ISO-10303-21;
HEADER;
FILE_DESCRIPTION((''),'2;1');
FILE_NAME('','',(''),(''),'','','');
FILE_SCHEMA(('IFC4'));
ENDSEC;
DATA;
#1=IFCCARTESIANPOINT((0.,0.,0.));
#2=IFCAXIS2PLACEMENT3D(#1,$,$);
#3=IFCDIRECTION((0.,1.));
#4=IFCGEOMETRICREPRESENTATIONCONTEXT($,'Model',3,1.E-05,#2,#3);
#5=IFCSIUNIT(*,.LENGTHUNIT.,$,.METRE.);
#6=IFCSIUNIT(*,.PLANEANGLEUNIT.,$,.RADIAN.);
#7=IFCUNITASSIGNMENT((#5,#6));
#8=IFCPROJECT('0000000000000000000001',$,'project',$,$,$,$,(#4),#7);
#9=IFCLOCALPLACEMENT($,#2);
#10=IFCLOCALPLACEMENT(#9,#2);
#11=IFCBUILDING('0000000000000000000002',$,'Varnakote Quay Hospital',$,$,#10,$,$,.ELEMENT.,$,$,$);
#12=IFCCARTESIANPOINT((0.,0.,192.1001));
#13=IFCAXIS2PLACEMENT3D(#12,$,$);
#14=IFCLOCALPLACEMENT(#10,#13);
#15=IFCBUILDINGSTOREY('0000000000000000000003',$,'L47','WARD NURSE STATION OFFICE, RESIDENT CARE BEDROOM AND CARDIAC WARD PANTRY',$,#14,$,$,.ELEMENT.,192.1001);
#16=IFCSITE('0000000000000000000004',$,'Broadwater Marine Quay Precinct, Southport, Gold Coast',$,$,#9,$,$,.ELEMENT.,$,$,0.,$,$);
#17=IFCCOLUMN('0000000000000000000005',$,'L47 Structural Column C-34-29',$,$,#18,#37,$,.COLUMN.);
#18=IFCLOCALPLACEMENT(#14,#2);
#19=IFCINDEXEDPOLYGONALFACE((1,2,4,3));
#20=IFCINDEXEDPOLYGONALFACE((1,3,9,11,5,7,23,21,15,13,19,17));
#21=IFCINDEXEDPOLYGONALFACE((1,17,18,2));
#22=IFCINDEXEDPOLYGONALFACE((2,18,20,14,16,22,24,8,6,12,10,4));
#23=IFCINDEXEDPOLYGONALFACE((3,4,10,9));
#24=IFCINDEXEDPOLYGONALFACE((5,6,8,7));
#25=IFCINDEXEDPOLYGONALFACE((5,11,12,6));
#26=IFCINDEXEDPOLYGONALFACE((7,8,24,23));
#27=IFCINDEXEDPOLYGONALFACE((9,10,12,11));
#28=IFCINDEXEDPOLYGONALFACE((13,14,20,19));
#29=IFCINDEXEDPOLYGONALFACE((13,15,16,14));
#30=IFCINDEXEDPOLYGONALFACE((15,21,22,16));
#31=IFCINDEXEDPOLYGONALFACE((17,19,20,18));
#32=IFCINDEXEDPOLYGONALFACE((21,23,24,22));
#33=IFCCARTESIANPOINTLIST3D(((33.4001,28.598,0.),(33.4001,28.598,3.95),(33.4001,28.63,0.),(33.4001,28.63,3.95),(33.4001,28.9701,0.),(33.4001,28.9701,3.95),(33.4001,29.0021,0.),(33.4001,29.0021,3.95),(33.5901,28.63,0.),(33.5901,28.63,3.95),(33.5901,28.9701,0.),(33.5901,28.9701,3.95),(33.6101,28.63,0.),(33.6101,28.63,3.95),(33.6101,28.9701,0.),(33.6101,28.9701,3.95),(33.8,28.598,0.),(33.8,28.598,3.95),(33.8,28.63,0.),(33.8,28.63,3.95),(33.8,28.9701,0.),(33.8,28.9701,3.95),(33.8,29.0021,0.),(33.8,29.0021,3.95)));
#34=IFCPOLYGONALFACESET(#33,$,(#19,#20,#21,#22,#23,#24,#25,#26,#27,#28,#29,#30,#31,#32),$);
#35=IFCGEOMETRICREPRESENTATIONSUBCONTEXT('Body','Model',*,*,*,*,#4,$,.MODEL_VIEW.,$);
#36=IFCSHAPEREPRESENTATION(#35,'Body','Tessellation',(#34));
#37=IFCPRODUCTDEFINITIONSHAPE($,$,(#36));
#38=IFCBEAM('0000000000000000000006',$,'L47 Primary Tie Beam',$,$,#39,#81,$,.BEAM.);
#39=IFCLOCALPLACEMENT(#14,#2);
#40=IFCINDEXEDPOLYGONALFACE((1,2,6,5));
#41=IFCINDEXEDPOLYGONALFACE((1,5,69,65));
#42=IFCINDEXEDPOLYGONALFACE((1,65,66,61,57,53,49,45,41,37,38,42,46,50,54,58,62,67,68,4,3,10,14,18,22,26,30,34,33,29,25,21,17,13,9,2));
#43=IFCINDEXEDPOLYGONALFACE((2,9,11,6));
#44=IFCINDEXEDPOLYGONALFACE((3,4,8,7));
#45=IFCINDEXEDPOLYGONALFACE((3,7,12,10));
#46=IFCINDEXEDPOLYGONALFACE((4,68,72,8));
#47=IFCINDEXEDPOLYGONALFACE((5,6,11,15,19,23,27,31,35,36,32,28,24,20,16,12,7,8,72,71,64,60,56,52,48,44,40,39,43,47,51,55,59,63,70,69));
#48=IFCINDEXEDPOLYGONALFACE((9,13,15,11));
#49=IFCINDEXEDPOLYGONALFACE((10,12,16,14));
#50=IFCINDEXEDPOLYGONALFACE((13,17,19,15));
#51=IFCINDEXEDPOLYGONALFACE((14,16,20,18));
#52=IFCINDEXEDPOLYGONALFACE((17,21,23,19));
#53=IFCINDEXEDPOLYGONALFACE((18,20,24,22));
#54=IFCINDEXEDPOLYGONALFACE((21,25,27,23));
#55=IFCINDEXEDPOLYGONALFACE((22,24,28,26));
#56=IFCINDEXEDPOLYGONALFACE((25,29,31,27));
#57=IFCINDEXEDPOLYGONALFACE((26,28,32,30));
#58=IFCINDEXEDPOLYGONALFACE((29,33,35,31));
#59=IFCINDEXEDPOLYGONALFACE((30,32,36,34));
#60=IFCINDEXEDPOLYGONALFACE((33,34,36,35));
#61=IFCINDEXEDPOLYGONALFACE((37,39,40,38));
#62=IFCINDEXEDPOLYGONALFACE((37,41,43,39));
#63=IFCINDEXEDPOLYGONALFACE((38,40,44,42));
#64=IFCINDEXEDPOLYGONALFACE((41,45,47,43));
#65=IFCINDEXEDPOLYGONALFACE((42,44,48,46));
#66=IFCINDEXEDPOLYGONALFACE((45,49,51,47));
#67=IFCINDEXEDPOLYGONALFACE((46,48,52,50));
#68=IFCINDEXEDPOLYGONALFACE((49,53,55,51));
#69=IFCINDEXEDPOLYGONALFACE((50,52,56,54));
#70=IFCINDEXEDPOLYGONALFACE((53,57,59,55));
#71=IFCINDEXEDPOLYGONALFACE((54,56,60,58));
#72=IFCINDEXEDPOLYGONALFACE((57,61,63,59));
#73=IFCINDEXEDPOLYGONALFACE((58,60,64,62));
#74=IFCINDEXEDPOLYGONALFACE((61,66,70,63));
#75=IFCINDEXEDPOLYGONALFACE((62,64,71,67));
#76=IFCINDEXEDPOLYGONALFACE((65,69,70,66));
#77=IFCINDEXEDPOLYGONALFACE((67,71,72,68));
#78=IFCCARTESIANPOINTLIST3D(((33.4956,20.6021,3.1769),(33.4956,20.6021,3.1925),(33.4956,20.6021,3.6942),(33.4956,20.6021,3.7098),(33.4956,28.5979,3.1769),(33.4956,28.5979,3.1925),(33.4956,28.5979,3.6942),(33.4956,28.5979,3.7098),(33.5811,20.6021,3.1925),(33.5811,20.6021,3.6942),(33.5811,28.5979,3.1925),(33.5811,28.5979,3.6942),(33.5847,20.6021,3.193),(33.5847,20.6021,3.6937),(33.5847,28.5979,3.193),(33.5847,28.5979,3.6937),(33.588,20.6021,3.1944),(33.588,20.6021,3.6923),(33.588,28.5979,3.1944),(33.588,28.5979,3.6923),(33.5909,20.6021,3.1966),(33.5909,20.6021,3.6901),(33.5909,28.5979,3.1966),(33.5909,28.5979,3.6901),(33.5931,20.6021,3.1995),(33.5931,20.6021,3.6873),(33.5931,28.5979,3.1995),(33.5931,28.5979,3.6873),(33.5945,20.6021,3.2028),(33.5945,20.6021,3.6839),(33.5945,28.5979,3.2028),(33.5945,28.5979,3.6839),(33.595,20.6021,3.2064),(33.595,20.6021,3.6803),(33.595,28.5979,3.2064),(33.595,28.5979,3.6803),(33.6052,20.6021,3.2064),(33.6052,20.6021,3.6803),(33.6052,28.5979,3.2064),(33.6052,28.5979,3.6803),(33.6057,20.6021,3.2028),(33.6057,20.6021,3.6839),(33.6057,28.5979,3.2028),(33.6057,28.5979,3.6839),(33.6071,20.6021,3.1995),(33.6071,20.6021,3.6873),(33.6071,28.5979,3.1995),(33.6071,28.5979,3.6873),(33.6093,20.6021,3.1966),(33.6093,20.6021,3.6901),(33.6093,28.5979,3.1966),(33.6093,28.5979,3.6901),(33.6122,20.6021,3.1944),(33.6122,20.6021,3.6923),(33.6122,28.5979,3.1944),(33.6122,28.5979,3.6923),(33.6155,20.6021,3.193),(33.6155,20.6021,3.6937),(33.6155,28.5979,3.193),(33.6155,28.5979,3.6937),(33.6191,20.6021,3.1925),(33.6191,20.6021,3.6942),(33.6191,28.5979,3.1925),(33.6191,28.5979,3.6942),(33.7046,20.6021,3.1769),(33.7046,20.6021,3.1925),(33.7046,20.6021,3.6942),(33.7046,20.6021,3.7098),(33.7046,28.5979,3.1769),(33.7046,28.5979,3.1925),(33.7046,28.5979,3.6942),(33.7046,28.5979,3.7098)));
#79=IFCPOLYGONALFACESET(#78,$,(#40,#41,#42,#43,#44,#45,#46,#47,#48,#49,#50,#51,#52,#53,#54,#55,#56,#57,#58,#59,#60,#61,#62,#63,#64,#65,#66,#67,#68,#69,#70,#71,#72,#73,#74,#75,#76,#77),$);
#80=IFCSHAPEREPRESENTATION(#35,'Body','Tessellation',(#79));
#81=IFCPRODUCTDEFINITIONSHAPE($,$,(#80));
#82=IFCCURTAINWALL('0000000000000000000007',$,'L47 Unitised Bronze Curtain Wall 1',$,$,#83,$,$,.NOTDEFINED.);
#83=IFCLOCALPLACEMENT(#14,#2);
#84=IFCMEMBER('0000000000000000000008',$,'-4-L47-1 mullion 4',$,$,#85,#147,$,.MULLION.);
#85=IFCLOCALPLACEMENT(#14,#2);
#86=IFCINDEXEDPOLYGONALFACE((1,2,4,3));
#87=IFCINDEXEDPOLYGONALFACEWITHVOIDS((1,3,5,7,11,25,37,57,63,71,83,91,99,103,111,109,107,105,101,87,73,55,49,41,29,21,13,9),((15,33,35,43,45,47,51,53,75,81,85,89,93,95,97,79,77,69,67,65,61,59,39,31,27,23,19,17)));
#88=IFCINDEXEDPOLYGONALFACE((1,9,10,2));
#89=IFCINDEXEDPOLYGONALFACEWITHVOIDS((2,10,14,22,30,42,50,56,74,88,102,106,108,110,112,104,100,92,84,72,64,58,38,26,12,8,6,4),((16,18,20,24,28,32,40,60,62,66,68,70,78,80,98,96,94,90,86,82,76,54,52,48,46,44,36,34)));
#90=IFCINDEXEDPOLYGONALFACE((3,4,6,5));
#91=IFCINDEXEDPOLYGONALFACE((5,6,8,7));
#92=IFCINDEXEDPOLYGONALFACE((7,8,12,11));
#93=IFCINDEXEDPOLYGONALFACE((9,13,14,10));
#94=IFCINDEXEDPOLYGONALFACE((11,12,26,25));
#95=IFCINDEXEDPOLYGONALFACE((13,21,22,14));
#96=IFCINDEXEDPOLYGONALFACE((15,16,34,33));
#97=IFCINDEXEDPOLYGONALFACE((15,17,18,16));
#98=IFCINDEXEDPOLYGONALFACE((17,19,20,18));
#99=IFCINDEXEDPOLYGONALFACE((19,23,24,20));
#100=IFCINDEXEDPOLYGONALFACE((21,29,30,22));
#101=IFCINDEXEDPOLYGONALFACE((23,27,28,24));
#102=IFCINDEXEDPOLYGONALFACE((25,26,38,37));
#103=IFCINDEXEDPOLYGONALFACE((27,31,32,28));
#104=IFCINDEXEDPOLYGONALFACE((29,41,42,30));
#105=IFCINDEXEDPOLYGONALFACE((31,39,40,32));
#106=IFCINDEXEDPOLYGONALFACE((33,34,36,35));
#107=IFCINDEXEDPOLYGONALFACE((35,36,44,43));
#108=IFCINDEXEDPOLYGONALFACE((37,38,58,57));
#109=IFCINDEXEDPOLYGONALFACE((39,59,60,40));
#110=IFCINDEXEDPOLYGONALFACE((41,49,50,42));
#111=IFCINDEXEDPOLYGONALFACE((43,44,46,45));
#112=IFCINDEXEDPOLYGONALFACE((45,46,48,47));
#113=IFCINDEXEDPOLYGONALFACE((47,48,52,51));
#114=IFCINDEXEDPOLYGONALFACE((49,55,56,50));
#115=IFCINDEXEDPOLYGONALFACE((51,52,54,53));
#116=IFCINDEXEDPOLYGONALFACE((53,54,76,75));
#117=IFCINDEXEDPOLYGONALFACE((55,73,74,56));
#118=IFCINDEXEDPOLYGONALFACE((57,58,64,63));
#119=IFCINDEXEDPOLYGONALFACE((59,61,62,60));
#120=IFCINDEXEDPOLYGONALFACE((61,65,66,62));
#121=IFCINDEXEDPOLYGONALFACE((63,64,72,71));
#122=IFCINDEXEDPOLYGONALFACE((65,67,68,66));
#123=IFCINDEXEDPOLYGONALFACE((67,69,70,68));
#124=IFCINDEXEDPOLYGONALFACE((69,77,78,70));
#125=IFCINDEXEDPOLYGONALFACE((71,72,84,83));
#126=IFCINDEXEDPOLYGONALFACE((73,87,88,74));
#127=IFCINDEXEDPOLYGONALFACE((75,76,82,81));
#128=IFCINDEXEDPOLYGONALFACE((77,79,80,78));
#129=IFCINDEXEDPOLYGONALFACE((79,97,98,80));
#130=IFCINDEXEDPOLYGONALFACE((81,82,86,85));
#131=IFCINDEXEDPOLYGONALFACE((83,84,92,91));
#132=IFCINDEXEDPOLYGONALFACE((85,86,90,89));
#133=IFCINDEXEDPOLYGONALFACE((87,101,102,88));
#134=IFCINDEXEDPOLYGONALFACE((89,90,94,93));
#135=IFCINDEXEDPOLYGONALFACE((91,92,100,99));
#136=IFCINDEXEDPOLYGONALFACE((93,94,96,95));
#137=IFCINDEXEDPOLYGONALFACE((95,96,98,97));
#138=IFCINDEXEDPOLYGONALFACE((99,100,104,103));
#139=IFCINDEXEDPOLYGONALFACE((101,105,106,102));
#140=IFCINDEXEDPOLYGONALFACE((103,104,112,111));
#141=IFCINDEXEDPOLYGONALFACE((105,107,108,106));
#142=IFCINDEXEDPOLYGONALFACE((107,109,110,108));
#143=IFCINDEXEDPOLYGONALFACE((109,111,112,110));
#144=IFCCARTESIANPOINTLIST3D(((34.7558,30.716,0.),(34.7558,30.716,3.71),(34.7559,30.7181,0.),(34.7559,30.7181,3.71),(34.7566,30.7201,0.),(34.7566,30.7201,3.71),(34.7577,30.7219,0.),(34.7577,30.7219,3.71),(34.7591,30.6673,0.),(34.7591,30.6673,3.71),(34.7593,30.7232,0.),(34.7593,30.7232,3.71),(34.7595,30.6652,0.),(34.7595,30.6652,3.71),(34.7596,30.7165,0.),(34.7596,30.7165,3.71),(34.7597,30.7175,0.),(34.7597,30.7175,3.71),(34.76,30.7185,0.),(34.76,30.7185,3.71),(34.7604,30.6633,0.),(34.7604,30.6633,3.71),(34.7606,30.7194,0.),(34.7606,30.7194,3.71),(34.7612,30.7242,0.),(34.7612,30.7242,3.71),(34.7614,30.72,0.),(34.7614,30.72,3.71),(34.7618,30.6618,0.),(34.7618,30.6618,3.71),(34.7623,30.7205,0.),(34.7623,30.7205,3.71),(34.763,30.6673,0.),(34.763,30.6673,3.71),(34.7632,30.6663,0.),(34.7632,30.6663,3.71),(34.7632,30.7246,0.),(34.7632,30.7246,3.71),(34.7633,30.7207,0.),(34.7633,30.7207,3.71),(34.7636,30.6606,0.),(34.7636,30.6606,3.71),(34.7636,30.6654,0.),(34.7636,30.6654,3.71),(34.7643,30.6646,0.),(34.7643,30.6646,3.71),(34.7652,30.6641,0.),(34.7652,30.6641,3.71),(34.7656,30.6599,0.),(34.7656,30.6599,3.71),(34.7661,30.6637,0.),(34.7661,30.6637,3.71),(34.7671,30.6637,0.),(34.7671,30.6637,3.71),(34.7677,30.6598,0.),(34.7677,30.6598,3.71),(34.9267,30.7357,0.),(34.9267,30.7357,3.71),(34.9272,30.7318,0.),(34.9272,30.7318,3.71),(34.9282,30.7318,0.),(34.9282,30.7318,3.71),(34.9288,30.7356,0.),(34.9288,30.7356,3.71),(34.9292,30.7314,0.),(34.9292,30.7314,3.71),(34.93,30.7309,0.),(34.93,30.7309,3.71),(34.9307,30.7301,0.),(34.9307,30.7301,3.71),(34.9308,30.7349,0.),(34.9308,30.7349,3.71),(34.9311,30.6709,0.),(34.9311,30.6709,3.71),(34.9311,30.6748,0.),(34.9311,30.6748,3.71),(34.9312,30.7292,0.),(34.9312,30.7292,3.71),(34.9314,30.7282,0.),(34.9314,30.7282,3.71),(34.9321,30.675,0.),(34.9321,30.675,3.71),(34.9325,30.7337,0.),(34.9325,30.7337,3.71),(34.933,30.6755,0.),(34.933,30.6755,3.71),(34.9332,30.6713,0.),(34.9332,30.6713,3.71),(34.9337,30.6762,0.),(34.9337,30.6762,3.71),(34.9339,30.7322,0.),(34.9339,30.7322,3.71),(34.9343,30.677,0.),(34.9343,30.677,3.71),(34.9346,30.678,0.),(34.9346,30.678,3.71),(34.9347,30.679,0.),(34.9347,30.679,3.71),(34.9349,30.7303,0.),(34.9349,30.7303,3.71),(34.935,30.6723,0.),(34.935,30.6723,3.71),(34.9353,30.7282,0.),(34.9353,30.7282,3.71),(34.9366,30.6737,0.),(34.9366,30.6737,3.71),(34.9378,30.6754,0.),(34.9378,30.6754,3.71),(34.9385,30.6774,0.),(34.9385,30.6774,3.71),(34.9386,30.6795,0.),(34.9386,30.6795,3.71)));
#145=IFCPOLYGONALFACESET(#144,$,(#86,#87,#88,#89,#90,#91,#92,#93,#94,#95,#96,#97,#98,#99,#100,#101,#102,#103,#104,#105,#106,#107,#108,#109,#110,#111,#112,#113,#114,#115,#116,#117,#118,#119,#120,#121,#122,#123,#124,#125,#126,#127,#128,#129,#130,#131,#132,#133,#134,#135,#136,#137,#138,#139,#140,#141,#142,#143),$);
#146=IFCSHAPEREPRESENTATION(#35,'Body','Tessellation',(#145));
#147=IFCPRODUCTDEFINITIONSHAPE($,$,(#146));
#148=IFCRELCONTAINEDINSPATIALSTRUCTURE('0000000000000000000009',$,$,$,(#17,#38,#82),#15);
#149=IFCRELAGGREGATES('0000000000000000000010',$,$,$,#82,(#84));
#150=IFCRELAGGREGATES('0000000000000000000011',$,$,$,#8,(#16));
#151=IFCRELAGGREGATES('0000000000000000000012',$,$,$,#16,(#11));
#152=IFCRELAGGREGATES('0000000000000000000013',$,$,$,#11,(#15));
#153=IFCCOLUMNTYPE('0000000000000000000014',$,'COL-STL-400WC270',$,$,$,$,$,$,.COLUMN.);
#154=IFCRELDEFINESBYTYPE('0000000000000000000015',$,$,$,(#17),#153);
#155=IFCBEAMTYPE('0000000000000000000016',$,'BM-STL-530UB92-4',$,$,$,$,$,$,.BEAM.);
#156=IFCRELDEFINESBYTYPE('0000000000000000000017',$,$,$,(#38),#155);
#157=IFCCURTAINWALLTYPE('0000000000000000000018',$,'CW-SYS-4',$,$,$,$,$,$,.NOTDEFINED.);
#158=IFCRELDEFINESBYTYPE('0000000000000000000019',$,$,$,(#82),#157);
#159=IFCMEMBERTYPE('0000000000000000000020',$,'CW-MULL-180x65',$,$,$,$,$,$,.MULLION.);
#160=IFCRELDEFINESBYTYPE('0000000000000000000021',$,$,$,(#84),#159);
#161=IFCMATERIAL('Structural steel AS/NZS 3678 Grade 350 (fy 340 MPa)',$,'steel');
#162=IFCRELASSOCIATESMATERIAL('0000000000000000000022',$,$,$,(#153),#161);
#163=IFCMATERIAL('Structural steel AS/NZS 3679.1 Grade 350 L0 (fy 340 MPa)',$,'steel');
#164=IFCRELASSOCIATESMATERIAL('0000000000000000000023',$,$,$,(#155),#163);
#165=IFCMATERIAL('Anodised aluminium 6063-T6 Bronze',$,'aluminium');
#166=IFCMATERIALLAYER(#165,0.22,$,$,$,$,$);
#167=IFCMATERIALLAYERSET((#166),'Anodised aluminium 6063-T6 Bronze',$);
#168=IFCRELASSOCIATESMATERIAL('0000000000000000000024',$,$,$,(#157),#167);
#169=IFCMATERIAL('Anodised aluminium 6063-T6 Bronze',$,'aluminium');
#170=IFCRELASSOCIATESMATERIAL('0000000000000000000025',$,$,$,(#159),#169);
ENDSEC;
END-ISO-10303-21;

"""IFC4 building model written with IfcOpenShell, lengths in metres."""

from ifc_helpers import new_model, si_unit, direction, frame, origin, origin_2d, place, context, subcontext, project, spatial, hollow_rectangle, i_section, extrude, material, layer, layer_set, material_profile, profile_set, type_object, element, aggregate, save


model = new_model("IFC4")

# Units and contexts
model_context = context("Model", 3, precision=1e-05, world=origin(), true_north=direction((0.0, 1.0)))
body_context = subcontext(model_context, "Body", "Model", "MODEL_VIEW")
ifc_project = project(units=[si_unit("LENGTHUNIT", "METRE"), si_unit("PLANEANGLEUNIT", "RADIAN")], contexts=[model_context])

# Site, building, storey
site_placement = place(None, origin())
site = spatial("IfcSite", under=ifc_project, at=site_placement, Name="Broadwater Marine Quay Precinct, Southport, Gold Coast", CompositionType="ELEMENT", RefElevation=0.0)
building_placement = place(site_placement, origin())
building = spatial("IfcBuilding", under=site, at=building_placement, Name="Varnakote Quay Hospital", CompositionType="ELEMENT")
storey_placement = place(building_placement, frame((0.0, 0.0, 192.1001)))
storey = spatial("IfcBuildingStorey", under=building, at=storey_placement, Name="L47", Description="WARD NURSE STATION OFFICE, RESIDENT CARE BEDROOM AND CARDIAC WARD PANTRY", CompositionType="ELEMENT", Elevation=192.1001)

# Column
ifc_material_1 = material(Name="Structural steel AS/NZS 3678 Grade 350 (fy 340 MPa)", Category="steel")
ifc_material_profile_1 = material_profile(ifc_material_1, i_section(OverallWidth=0.3999, OverallDepth=0.4041, WebThickness=0.02, FlangeThickness=0.032, at=origin_2d()), Name="400WC270")
ifc_profile_set_1 = profile_set([ifc_material_profile_1], Name="Structural steel AS/NZS 3678 Grade 350 (fy 340 MPa)")
column_type = type_object("IfcColumnType", Name="COL-STL-400WC270", PredefinedType="COLUMN", material=ifc_profile_set_1)
column_placement = place(storey_placement, frame((33.6001, 28.8, 0.0), z_axis=(0.0, 0.0, 1.0), x_axis=(1.0, 0.0, 0.0)))
element("IfcColumn", 1, at=column_placement, inside=storey, type_object=column_type, Name="L47 Structural Column C-34-29", PredefinedType="COLUMN", context=body_context, shape_type="SweptSolid", body=[
    extrude(i_section(OverallWidth=0.3999, OverallDepth=0.4041, WebThickness=0.02, FlangeThickness=0.032, at=origin_2d()), origin(), (0.0, 0.0, 1.0), 3.95),
])

# Beam
ifc_material_2 = material(Name="Structural steel AS/NZS 3679.1 Grade 350 L0 (fy 340 MPa)", Category="steel")
ifc_material_profile_2 = material_profile(ifc_material_2, i_section(OverallWidth=0.209, OverallDepth=0.533, WebThickness=0.0103, FlangeThickness=0.0156, FilletRadius=0.0139, at=origin_2d()), Name="530UB92.4")
ifc_profile_set_2 = profile_set([ifc_material_profile_2], Name="Structural steel AS/NZS 3679.1 Grade 350 L0 (fy 340 MPa)")
beam_type_1 = type_object("IfcBeamType", Name="BM-STL-530UB92-4", PredefinedType="BEAM", material=ifc_profile_set_2)
beam_1_placement = place(storey_placement, frame((33.6001, 20.6021, 3.4434), z_axis=(0.0, 1.0, 0.0), x_axis=(-1.0, 0.0, 0.0)))
element("IfcBeam", 2, at=beam_1_placement, inside=storey, type_object=beam_type_1, Name="L47 Primary Tie Beam", PredefinedType="BEAM", context=body_context, shape_type="SweptSolid", body=[
    extrude(i_section(OverallWidth=0.209, OverallDepth=0.533, WebThickness=0.0103, FlangeThickness=0.0156, FilletRadius=0.0139, at=origin_2d()), origin(), (0.0, 0.0, 1.0), 7.9958),
])

# Curtain wall, member
ifc_material_3 = material(Name="Anodised aluminium 6063-T6 Bronze", Category="aluminium")
ifc_layer_1 = layer(ifc_material_3, 0.22)
ifc_layer_set_1 = layer_set([ifc_layer_1], Name="Anodised aluminium 6063-T6 Bronze")
curtain_wall_type = type_object("IfcCurtainWallType", Name="CW-SYS-4", PredefinedType="NOTDEFINED", material=ifc_layer_set_1)
curtain_wall_1_placement = place(storey_placement, origin())
curtain_wall_1 = element("IfcCurtainWall", 3, at=curtain_wall_1_placement, inside=storey, type_object=curtain_wall_type, Name="L47 Unitised Bronze Curtain Wall 1", PredefinedType="NOTDEFINED")
ifc_material_4 = material(Name="Anodised aluminium 6063-T6 Bronze", Category="aluminium")
ifc_material_profile_3 = material_profile(ifc_material_4, hollow_rectangle(XDim=0.0649, YDim=0.1799, WallThickness=0.0039, InnerFilletRadius=0.0039, OuterFilletRadius=0.0081, at=origin_2d()), Name="CW-MULL-180x65")
ifc_profile_set_3 = profile_set([ifc_material_profile_3], Name="Anodised aluminium 6063-T6 Bronze")
member_type_1 = type_object("IfcMemberType", Name="CW-MULL-180x65", PredefinedType="MULLION", material=ifc_profile_set_3)
member_1_placement = place(storey_placement, frame((34.8472, 30.6978, 0.0), z_axis=(0.0, 0.0, 1.0), x_axis=(0.067842, -0.997696, 0.0)))
member_1 = element("IfcMember", 4, at=member_1_placement, type_object=member_type_1, Name="-4-L47-1 mullion 4", PredefinedType="MULLION", context=body_context, shape_type="SweptSolid", body=[
    extrude(hollow_rectangle(XDim=0.0649, YDim=0.1799, WallThickness=0.0039, InnerFilletRadius=0.0039, OuterFilletRadius=0.0081, at=origin_2d()), origin(), (0.0, 0.0, 1.0), 3.71),
])

aggregate(curtain_wall_1, [member_1])

save(model, "model.ifc")
